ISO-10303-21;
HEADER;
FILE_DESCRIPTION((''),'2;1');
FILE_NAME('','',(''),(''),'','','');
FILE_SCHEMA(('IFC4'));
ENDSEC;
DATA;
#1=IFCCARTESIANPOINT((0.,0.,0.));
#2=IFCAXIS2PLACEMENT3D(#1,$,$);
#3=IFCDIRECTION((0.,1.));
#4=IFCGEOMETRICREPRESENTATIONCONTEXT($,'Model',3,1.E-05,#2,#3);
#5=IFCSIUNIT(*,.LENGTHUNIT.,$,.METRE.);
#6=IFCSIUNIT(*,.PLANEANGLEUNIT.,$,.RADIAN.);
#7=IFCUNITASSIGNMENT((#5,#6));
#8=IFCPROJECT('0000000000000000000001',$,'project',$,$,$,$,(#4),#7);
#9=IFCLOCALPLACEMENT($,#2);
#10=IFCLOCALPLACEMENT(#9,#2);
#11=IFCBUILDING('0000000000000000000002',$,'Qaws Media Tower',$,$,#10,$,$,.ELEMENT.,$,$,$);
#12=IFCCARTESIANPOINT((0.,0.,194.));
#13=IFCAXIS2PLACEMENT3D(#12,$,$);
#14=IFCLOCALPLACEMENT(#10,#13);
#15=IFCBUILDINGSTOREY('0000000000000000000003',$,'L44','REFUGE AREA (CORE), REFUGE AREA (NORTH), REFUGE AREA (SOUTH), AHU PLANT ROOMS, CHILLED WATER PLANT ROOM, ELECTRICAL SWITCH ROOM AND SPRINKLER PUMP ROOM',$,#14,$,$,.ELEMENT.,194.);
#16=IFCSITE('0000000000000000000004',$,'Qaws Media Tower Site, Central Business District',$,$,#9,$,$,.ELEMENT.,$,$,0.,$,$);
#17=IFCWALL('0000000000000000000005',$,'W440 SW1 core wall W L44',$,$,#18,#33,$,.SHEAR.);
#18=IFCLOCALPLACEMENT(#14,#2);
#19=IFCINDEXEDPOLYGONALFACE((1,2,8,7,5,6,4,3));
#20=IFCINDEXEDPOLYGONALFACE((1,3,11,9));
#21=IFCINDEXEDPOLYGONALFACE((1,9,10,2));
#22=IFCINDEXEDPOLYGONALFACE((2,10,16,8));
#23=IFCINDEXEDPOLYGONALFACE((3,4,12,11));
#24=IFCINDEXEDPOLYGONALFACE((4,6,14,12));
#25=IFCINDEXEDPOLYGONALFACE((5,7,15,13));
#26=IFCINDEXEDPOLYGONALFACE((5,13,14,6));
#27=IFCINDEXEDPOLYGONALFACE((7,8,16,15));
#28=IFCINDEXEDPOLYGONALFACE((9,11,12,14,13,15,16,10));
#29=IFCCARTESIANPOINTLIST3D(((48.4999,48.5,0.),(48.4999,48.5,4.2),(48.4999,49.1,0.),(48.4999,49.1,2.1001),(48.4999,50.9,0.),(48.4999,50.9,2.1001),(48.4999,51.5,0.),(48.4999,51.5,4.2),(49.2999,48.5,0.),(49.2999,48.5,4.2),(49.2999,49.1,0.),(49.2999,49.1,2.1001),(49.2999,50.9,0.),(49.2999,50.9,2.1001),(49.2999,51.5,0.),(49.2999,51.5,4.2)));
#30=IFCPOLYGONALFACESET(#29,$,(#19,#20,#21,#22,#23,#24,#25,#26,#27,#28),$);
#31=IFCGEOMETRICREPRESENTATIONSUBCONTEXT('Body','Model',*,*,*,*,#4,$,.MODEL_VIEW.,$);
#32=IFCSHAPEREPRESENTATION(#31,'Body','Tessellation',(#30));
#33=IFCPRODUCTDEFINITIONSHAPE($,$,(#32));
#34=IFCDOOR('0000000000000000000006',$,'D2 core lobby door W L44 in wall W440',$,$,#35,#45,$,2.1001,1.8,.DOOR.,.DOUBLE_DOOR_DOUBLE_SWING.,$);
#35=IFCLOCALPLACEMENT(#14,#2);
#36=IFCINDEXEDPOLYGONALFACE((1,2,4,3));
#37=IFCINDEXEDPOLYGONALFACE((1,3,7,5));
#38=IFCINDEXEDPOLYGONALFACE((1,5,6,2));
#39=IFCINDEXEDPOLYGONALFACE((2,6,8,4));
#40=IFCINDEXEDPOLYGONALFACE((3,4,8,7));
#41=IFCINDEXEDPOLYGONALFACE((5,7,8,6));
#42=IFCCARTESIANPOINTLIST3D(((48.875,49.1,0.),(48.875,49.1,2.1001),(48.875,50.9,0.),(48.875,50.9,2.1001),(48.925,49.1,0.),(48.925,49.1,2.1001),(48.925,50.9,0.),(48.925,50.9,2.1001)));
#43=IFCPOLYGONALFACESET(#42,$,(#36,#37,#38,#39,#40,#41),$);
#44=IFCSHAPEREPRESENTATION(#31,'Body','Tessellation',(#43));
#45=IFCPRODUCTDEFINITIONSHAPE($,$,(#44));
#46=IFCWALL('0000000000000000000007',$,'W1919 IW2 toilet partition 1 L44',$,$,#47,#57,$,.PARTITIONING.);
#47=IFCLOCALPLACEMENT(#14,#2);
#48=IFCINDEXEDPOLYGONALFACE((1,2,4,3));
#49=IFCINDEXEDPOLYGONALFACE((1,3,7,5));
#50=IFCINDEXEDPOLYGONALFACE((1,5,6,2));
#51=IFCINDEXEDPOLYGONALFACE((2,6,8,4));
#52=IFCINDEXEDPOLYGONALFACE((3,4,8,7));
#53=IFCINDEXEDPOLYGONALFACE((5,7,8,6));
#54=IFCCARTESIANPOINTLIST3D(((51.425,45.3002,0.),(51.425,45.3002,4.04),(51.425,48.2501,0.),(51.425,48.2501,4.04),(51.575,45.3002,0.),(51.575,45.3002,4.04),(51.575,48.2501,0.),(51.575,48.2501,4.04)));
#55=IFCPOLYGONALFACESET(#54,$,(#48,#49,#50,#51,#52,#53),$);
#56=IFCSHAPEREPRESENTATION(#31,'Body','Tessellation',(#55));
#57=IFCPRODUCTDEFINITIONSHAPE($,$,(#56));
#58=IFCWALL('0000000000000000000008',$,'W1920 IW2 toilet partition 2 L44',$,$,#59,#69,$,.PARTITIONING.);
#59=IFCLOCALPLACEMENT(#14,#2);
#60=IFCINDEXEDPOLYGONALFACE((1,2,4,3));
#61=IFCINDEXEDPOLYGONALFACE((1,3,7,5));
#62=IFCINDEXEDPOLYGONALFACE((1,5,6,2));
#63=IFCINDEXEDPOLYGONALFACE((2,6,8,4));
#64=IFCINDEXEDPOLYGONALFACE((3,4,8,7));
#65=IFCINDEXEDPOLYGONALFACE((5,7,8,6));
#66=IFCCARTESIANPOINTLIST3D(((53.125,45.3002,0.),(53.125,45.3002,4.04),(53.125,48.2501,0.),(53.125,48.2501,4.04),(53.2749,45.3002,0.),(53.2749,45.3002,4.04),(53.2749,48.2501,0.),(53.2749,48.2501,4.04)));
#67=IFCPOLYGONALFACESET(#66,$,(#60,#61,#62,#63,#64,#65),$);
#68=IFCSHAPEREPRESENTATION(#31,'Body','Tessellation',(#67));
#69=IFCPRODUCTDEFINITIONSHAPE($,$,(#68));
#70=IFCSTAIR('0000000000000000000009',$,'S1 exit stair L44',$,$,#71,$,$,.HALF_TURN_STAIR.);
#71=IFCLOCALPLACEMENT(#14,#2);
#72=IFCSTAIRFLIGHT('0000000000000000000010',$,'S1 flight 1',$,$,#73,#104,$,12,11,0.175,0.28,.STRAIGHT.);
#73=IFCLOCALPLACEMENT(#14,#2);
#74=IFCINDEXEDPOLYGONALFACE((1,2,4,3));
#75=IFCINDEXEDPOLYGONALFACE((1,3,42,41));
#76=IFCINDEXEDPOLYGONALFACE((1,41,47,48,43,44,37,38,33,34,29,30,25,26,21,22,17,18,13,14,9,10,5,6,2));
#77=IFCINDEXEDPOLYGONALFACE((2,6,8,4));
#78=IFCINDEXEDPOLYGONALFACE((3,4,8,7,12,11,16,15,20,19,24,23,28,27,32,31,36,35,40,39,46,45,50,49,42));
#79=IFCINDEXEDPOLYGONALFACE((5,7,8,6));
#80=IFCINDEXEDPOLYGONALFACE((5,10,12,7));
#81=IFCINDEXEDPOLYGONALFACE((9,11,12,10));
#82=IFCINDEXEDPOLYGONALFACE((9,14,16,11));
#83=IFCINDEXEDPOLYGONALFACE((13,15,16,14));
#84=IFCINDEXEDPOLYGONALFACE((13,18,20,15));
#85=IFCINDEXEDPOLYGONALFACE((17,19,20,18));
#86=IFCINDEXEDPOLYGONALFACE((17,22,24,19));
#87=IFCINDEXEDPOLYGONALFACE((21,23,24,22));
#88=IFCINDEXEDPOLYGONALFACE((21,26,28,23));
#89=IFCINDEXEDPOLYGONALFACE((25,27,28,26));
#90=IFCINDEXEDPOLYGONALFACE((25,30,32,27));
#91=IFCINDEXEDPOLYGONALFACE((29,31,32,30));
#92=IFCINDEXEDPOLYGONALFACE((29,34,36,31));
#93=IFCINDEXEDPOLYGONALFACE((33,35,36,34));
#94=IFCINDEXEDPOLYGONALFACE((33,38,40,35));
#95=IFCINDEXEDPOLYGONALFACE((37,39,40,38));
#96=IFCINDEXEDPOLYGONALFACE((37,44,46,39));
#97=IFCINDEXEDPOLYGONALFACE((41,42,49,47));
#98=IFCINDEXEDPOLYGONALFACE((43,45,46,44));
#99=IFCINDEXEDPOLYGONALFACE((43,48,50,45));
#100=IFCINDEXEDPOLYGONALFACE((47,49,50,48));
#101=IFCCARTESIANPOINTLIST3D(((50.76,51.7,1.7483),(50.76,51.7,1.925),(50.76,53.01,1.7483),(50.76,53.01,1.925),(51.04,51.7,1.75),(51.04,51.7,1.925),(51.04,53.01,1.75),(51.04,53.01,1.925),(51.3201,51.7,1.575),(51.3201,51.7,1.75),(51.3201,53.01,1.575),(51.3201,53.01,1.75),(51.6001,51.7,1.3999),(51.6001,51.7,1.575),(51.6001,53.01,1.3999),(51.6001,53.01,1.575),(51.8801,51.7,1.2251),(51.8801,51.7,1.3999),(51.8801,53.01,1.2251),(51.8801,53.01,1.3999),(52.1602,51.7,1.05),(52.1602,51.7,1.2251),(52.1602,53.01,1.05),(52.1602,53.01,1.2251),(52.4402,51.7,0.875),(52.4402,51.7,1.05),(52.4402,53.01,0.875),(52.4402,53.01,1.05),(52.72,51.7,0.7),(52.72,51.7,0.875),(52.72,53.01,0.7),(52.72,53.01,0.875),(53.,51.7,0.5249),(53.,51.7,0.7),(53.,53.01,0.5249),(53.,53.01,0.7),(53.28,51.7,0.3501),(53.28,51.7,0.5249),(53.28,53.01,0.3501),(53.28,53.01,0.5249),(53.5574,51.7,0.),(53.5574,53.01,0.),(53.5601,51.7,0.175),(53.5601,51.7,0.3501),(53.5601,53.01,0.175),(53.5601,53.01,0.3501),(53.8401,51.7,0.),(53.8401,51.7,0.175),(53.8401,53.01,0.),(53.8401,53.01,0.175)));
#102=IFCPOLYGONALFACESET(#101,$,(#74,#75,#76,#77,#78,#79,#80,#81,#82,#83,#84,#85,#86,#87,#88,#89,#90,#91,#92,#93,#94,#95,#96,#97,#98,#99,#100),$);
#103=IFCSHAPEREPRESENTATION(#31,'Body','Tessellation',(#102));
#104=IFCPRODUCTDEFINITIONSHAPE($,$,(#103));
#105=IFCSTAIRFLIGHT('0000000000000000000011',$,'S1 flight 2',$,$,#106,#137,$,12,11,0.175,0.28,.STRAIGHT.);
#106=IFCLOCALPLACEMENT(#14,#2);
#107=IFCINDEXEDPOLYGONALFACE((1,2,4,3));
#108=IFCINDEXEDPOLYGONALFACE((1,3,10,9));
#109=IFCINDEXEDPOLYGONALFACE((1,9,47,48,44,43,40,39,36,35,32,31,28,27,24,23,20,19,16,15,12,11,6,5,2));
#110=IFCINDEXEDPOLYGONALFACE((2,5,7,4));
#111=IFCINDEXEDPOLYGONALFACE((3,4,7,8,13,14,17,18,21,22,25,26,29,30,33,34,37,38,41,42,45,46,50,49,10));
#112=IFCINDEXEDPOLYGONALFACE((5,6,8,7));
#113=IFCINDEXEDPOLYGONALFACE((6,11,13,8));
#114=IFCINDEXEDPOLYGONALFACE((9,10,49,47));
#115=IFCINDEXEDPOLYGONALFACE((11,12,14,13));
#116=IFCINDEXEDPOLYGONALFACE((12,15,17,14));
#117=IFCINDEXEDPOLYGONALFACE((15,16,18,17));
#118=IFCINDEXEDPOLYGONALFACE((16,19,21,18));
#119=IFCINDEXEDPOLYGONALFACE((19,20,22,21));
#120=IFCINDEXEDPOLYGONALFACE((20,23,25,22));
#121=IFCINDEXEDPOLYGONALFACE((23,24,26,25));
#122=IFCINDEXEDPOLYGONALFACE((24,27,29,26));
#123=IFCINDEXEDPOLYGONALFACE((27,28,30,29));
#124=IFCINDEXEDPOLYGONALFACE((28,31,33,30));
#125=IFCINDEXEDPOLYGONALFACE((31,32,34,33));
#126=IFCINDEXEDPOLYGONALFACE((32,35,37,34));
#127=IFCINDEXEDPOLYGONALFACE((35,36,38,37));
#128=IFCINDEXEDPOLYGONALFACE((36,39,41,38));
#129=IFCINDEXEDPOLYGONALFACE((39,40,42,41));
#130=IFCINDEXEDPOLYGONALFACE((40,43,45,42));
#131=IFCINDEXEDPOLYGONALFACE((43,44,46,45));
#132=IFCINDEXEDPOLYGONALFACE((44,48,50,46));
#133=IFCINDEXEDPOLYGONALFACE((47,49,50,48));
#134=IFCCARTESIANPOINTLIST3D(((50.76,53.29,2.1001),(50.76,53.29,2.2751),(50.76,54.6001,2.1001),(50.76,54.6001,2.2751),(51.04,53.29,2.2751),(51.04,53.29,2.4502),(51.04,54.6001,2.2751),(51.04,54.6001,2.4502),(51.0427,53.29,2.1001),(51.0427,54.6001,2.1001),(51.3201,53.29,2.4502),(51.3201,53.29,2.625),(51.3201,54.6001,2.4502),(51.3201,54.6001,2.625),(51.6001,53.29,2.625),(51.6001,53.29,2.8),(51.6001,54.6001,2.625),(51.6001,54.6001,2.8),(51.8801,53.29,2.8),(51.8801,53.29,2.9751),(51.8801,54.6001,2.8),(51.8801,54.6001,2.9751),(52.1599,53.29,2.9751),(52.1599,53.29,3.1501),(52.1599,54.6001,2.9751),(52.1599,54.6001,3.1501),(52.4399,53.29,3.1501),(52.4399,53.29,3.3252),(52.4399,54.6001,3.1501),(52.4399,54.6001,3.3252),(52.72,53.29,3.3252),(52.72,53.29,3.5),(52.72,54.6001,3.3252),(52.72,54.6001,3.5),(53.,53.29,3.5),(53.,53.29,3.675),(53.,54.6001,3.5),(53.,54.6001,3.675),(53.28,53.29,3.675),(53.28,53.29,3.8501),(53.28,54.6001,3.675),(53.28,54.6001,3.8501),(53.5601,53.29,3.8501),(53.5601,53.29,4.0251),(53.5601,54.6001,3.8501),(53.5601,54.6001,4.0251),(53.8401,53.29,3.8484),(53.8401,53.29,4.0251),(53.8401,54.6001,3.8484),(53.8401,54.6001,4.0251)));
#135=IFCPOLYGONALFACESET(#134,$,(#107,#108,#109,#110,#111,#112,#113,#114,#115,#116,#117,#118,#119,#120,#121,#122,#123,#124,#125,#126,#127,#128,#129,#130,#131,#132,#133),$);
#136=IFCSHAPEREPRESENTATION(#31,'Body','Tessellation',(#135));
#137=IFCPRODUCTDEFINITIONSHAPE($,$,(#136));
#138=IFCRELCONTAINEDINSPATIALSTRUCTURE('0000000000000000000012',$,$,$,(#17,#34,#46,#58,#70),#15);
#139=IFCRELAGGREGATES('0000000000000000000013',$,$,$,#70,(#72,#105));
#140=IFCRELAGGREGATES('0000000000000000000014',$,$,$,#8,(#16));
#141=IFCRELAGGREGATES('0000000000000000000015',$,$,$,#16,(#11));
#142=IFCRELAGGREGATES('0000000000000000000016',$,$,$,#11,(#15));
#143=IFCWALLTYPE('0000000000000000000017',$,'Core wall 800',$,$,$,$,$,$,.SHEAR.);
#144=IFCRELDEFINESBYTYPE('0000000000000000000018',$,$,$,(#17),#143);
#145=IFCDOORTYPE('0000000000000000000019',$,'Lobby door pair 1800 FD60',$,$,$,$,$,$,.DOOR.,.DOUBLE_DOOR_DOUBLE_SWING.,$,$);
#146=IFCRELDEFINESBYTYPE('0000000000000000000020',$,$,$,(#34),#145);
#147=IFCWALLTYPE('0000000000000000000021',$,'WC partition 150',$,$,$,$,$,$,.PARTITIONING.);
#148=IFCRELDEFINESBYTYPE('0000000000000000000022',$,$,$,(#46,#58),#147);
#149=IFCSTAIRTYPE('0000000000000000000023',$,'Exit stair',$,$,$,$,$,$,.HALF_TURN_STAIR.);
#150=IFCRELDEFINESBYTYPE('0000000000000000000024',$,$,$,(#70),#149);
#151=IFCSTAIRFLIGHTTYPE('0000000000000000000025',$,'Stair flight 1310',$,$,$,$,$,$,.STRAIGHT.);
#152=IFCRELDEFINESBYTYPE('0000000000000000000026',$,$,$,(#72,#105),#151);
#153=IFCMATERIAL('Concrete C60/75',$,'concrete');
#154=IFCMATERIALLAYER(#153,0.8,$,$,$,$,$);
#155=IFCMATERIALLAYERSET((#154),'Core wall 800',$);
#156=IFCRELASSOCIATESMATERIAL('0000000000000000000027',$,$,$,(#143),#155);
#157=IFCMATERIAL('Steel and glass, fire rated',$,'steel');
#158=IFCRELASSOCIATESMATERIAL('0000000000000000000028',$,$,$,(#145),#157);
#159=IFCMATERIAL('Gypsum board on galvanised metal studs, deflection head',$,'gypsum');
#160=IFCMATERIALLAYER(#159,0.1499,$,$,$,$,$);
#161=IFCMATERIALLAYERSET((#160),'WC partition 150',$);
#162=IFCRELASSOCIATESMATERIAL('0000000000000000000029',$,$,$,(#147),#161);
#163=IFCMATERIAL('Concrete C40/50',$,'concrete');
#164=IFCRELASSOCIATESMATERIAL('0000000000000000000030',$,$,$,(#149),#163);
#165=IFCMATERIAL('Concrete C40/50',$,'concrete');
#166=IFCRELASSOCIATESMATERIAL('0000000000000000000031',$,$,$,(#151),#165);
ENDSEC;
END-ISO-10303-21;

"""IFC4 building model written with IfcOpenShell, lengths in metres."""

from ifc_helpers import new_model, si_unit, direction, frame, frame_2d, origin, place, context, subcontext, project, spatial, polyline, rectangle, outline, extrude, material, layer, layer_set, type_object, element, fill, aggregate, save


model = new_model("IFC4")

# Units and contexts
model_context = context("Model", 3, precision=1e-05, world=origin(), true_north=direction((0.0, 1.0)))
body_context = subcontext(model_context, "Body", "Model", "MODEL_VIEW")
ifc_project = project(units=[si_unit("LENGTHUNIT", "METRE"), si_unit("PLANEANGLEUNIT", "RADIAN")], contexts=[model_context])

# Site, building, storey
site_placement = place(None, origin())
site = spatial("IfcSite", under=ifc_project, at=site_placement, Name="Qaws Media Tower Site, Central Business District", CompositionType="ELEMENT", RefElevation=0.0)
building_placement = place(site_placement, origin())
building = spatial("IfcBuilding", under=site, at=building_placement, Name="Qaws Media Tower", CompositionType="ELEMENT")
storey_placement = place(building_placement, frame((0.0, 0.0, 194.0)))
storey = spatial("IfcBuildingStorey", under=building, at=storey_placement, Name="L44", Description="REFUGE AREA (CORE), REFUGE AREA (NORTH), REFUGE AREA (SOUTH), AHU PLANT ROOMS, CHILLED WATER PLANT ROOM, ELECTRICAL SWITCH ROOM AND SPRINKLER PUMP ROOM", CompositionType="ELEMENT", Elevation=194.0)

# Wall, opening, door
ifc_material_1 = material(Name="Concrete C60/75", Category="concrete")
ifc_layer_1 = layer(ifc_material_1, 0.8)
ifc_layer_set_1 = layer_set([ifc_layer_1], Name="Core wall 800")
wall_type_1 = type_object("IfcWallType", Name="Core wall 800", PredefinedType="SHEAR", material=ifc_layer_set_1)
wall_1_placement = place(storey_placement, frame((48.8999, 48.5, 0.0), z_axis=(0.0, 0.0, 1.0), x_axis=(0.0, 1.0, 0.0)))
wall_1 = element("IfcWall", 1, at=wall_1_placement, inside=storey, type_object=wall_type_1, Name="W440 SW1 core wall W L44", PredefinedType="SHEAR", context=body_context, shape_type="SweptSolid", body=[
    extrude(rectangle(XDim=3.0, YDim=0.8, at=frame_2d((1.5, 0.0))), origin(), (0.0, 0.0, 1.0), 4.2),
])
opening_1_placement = place(wall_1_placement, frame((0.6001, 0.0, 0.0)))
opening_1 = element("IfcOpeningElement", 2, at=opening_1_placement, cuts=wall_1, PredefinedType="OPENING", context=body_context, shape_type="SweptSolid", body=[
    extrude(rectangle(XDim=1.8, YDim=2.1001, at=frame_2d((0.8999, 1.05))), frame((0.0, 0.4099, 0.0), z_axis=(0.0, -1.0, 0.0), x_axis=(1.0, 0.0, 0.0)), (0.0, 0.0, 1.0), 0.8201),
])
ifc_material_2 = material(Name="Steel and glass, fire rated", Category="steel")
door_type_1 = type_object("IfcDoorType", Name="Lobby door pair 1800 FD60", OperationType="DOUBLE_DOOR_DOUBLE_SWING", PredefinedType="DOOR", material=ifc_material_2)
door_1_placement = place(opening_1_placement, origin())
door_1 = element("IfcDoor", 3, at=door_1_placement, inside=storey, type_object=door_type_1, Name="D2 core lobby door W L44 in wall W440", OperationType="DOUBLE_DOOR_DOUBLE_SWING", OverallHeight=2.1001, OverallWidth=1.8, PredefinedType="DOOR", context=body_context, shape_type="SweptSolid", body=[
    extrude(rectangle(XDim=1.8, YDim=2.1001, at=frame_2d((0.8999, 1.05))), frame((0.0, 0.0249, 0.0), z_axis=(0.0, -1.0, 0.0), x_axis=(1.0, 0.0, 0.0)), (0.0, 0.0, 1.0), 0.05),
])
fill(opening_1, door_1)

# Walls
ifc_material_3 = material(Name="Gypsum board on galvanised metal studs, deflection head", Category="gypsum")
ifc_layer_2 = layer(ifc_material_3, 0.1499)
ifc_layer_set_2 = layer_set([ifc_layer_2], Name="WC partition 150")
wall_type_2 = type_object("IfcWallType", Name="WC partition 150", PredefinedType="PARTITIONING", material=ifc_layer_set_2)
for number, where, z_axis, x_axis, name in (
    (4, (51.5, 45.3, 0.0), (0.0, 0.0, 1.0), (0.0, 1.0, 0.0), "W1919 IW2 toilet partition 1 L44"),
    (5, (53.2, 45.3, 0.0), (0.0, 0.0, 1.0), (0.0, 1.0, 0.0), "W1920 IW2 toilet partition 2 L44"),
):
    element("IfcWall", number, at=place(storey_placement, frame(where, z_axis=z_axis, x_axis=x_axis)), inside=storey, type_object=wall_type_2, Name=name, PredefinedType="PARTITIONING", context=body_context, shape_type="SweptSolid", body=[
        extrude(rectangle(XDim=2.95, YDim=0.1499, at=frame_2d((1.4751, 0.0))), origin(), (0.0, 0.0, 1.0), 4.04),
    ])

# Stair, stair flights
ifc_material_4 = material(Name="Concrete C40/50", Category="concrete")
stair_type = type_object("IfcStairType", Name="Exit stair", PredefinedType="HALF_TURN_STAIR", material=ifc_material_4)
stair_placement = place(storey_placement, origin())
stair = element("IfcStair", 6, at=stair_placement, inside=storey, type_object=stair_type, Name="S1 exit stair L44", PredefinedType="HALF_TURN_STAIR")
ifc_material_5 = material(Name="Concrete C40/50", Category="concrete")
stair_flight_type = type_object("IfcStairFlightType", Name="Stair flight 1310", PredefinedType="STRAIGHT", material=ifc_material_5)
stair_flight_1_placement = place(storey_placement, frame((53.8401, 52.355, 0.0), z_axis=(0.0, 0.0, 1.0), x_axis=(-1.0, 0.0, 0.0)))
stair_flight_1 = element("IfcStairFlight", 7, at=stair_flight_1_placement, type_object=stair_flight_type, Name="S1 flight 1", NumberOfRisers=12, NumberOfTreads=11, PredefinedType="STRAIGHT", RiserHeight=0.175, TreadLength=0.28, context=body_context, shape_type="SweptSolid", body=[
    extrude(outline(polyline([(0.0, 0.0), (0.0, 0.175), (0.28, 0.175), (0.28, 0.3501), (0.5601, 0.3501), (0.5601, 0.5249), (0.8401, 0.5249), (0.8401, 0.7), (1.1201, 0.7), (1.1201, 0.875), (1.3999, 0.875), (1.3999, 1.05), (1.6799, 1.05), (1.6799, 1.2251), (1.96, 1.2251), (1.96, 1.3999), (2.24, 1.3999), (2.24, 1.575), (2.52, 1.575), (2.52, 1.75), (2.8, 1.75), (2.8, 1.925), (3.0801, 1.925), (3.0801, 2.1001), (3.0801, 1.7483), (0.2827, 0.0), (0.0, 0.0)])), frame((0.0, 0.655, 0.0), z_axis=(0.0, -1.0, 0.0), x_axis=(1.0, 0.0, 0.0)), (0.0, 0.0, 1.0), 1.3101),
])
stair_flight_2_placement = place(storey_placement, frame((50.76, 53.9451, 2.1001), z_axis=(0.0, 0.0, 1.0), x_axis=(1.0, 0.0, 0.0)))
stair_flight_2 = element("IfcStairFlight", 8, at=stair_flight_2_placement, type_object=stair_flight_type, Name="S1 flight 2", NumberOfRisers=12, NumberOfTreads=11, PredefinedType="STRAIGHT", RiserHeight=0.175, TreadLength=0.28, context=body_context, shape_type="SweptSolid", body=[
    extrude(outline(polyline([(0.0, 0.0), (0.0, 0.175), (0.28, 0.175), (0.28, 0.3501), (0.5601, 0.3501), (0.5601, 0.5249), (0.8401, 0.5249), (0.8401, 0.7), (1.1201, 0.7), (1.1201, 0.875), (1.3999, 0.875), (1.3999, 1.05), (1.6799, 1.05), (1.6799, 1.2251), (1.96, 1.2251), (1.96, 1.3999), (2.24, 1.3999), (2.24, 1.575), (2.52, 1.575), (2.52, 1.75), (2.8, 1.75), (2.8, 1.925), (3.0801, 1.925), (3.0801, 2.1001), (3.0801, 1.7483), (0.2827, 0.0), (0.0, 0.0)])), frame((0.0, 0.655, 0.0), z_axis=(0.0, -1.0, 0.0), x_axis=(1.0, 0.0, 0.0)), (0.0, 0.0, 1.0), 1.3101),
])
aggregate(stair, [stair_flight_1, stair_flight_2])

save(model, "model.ifc")
